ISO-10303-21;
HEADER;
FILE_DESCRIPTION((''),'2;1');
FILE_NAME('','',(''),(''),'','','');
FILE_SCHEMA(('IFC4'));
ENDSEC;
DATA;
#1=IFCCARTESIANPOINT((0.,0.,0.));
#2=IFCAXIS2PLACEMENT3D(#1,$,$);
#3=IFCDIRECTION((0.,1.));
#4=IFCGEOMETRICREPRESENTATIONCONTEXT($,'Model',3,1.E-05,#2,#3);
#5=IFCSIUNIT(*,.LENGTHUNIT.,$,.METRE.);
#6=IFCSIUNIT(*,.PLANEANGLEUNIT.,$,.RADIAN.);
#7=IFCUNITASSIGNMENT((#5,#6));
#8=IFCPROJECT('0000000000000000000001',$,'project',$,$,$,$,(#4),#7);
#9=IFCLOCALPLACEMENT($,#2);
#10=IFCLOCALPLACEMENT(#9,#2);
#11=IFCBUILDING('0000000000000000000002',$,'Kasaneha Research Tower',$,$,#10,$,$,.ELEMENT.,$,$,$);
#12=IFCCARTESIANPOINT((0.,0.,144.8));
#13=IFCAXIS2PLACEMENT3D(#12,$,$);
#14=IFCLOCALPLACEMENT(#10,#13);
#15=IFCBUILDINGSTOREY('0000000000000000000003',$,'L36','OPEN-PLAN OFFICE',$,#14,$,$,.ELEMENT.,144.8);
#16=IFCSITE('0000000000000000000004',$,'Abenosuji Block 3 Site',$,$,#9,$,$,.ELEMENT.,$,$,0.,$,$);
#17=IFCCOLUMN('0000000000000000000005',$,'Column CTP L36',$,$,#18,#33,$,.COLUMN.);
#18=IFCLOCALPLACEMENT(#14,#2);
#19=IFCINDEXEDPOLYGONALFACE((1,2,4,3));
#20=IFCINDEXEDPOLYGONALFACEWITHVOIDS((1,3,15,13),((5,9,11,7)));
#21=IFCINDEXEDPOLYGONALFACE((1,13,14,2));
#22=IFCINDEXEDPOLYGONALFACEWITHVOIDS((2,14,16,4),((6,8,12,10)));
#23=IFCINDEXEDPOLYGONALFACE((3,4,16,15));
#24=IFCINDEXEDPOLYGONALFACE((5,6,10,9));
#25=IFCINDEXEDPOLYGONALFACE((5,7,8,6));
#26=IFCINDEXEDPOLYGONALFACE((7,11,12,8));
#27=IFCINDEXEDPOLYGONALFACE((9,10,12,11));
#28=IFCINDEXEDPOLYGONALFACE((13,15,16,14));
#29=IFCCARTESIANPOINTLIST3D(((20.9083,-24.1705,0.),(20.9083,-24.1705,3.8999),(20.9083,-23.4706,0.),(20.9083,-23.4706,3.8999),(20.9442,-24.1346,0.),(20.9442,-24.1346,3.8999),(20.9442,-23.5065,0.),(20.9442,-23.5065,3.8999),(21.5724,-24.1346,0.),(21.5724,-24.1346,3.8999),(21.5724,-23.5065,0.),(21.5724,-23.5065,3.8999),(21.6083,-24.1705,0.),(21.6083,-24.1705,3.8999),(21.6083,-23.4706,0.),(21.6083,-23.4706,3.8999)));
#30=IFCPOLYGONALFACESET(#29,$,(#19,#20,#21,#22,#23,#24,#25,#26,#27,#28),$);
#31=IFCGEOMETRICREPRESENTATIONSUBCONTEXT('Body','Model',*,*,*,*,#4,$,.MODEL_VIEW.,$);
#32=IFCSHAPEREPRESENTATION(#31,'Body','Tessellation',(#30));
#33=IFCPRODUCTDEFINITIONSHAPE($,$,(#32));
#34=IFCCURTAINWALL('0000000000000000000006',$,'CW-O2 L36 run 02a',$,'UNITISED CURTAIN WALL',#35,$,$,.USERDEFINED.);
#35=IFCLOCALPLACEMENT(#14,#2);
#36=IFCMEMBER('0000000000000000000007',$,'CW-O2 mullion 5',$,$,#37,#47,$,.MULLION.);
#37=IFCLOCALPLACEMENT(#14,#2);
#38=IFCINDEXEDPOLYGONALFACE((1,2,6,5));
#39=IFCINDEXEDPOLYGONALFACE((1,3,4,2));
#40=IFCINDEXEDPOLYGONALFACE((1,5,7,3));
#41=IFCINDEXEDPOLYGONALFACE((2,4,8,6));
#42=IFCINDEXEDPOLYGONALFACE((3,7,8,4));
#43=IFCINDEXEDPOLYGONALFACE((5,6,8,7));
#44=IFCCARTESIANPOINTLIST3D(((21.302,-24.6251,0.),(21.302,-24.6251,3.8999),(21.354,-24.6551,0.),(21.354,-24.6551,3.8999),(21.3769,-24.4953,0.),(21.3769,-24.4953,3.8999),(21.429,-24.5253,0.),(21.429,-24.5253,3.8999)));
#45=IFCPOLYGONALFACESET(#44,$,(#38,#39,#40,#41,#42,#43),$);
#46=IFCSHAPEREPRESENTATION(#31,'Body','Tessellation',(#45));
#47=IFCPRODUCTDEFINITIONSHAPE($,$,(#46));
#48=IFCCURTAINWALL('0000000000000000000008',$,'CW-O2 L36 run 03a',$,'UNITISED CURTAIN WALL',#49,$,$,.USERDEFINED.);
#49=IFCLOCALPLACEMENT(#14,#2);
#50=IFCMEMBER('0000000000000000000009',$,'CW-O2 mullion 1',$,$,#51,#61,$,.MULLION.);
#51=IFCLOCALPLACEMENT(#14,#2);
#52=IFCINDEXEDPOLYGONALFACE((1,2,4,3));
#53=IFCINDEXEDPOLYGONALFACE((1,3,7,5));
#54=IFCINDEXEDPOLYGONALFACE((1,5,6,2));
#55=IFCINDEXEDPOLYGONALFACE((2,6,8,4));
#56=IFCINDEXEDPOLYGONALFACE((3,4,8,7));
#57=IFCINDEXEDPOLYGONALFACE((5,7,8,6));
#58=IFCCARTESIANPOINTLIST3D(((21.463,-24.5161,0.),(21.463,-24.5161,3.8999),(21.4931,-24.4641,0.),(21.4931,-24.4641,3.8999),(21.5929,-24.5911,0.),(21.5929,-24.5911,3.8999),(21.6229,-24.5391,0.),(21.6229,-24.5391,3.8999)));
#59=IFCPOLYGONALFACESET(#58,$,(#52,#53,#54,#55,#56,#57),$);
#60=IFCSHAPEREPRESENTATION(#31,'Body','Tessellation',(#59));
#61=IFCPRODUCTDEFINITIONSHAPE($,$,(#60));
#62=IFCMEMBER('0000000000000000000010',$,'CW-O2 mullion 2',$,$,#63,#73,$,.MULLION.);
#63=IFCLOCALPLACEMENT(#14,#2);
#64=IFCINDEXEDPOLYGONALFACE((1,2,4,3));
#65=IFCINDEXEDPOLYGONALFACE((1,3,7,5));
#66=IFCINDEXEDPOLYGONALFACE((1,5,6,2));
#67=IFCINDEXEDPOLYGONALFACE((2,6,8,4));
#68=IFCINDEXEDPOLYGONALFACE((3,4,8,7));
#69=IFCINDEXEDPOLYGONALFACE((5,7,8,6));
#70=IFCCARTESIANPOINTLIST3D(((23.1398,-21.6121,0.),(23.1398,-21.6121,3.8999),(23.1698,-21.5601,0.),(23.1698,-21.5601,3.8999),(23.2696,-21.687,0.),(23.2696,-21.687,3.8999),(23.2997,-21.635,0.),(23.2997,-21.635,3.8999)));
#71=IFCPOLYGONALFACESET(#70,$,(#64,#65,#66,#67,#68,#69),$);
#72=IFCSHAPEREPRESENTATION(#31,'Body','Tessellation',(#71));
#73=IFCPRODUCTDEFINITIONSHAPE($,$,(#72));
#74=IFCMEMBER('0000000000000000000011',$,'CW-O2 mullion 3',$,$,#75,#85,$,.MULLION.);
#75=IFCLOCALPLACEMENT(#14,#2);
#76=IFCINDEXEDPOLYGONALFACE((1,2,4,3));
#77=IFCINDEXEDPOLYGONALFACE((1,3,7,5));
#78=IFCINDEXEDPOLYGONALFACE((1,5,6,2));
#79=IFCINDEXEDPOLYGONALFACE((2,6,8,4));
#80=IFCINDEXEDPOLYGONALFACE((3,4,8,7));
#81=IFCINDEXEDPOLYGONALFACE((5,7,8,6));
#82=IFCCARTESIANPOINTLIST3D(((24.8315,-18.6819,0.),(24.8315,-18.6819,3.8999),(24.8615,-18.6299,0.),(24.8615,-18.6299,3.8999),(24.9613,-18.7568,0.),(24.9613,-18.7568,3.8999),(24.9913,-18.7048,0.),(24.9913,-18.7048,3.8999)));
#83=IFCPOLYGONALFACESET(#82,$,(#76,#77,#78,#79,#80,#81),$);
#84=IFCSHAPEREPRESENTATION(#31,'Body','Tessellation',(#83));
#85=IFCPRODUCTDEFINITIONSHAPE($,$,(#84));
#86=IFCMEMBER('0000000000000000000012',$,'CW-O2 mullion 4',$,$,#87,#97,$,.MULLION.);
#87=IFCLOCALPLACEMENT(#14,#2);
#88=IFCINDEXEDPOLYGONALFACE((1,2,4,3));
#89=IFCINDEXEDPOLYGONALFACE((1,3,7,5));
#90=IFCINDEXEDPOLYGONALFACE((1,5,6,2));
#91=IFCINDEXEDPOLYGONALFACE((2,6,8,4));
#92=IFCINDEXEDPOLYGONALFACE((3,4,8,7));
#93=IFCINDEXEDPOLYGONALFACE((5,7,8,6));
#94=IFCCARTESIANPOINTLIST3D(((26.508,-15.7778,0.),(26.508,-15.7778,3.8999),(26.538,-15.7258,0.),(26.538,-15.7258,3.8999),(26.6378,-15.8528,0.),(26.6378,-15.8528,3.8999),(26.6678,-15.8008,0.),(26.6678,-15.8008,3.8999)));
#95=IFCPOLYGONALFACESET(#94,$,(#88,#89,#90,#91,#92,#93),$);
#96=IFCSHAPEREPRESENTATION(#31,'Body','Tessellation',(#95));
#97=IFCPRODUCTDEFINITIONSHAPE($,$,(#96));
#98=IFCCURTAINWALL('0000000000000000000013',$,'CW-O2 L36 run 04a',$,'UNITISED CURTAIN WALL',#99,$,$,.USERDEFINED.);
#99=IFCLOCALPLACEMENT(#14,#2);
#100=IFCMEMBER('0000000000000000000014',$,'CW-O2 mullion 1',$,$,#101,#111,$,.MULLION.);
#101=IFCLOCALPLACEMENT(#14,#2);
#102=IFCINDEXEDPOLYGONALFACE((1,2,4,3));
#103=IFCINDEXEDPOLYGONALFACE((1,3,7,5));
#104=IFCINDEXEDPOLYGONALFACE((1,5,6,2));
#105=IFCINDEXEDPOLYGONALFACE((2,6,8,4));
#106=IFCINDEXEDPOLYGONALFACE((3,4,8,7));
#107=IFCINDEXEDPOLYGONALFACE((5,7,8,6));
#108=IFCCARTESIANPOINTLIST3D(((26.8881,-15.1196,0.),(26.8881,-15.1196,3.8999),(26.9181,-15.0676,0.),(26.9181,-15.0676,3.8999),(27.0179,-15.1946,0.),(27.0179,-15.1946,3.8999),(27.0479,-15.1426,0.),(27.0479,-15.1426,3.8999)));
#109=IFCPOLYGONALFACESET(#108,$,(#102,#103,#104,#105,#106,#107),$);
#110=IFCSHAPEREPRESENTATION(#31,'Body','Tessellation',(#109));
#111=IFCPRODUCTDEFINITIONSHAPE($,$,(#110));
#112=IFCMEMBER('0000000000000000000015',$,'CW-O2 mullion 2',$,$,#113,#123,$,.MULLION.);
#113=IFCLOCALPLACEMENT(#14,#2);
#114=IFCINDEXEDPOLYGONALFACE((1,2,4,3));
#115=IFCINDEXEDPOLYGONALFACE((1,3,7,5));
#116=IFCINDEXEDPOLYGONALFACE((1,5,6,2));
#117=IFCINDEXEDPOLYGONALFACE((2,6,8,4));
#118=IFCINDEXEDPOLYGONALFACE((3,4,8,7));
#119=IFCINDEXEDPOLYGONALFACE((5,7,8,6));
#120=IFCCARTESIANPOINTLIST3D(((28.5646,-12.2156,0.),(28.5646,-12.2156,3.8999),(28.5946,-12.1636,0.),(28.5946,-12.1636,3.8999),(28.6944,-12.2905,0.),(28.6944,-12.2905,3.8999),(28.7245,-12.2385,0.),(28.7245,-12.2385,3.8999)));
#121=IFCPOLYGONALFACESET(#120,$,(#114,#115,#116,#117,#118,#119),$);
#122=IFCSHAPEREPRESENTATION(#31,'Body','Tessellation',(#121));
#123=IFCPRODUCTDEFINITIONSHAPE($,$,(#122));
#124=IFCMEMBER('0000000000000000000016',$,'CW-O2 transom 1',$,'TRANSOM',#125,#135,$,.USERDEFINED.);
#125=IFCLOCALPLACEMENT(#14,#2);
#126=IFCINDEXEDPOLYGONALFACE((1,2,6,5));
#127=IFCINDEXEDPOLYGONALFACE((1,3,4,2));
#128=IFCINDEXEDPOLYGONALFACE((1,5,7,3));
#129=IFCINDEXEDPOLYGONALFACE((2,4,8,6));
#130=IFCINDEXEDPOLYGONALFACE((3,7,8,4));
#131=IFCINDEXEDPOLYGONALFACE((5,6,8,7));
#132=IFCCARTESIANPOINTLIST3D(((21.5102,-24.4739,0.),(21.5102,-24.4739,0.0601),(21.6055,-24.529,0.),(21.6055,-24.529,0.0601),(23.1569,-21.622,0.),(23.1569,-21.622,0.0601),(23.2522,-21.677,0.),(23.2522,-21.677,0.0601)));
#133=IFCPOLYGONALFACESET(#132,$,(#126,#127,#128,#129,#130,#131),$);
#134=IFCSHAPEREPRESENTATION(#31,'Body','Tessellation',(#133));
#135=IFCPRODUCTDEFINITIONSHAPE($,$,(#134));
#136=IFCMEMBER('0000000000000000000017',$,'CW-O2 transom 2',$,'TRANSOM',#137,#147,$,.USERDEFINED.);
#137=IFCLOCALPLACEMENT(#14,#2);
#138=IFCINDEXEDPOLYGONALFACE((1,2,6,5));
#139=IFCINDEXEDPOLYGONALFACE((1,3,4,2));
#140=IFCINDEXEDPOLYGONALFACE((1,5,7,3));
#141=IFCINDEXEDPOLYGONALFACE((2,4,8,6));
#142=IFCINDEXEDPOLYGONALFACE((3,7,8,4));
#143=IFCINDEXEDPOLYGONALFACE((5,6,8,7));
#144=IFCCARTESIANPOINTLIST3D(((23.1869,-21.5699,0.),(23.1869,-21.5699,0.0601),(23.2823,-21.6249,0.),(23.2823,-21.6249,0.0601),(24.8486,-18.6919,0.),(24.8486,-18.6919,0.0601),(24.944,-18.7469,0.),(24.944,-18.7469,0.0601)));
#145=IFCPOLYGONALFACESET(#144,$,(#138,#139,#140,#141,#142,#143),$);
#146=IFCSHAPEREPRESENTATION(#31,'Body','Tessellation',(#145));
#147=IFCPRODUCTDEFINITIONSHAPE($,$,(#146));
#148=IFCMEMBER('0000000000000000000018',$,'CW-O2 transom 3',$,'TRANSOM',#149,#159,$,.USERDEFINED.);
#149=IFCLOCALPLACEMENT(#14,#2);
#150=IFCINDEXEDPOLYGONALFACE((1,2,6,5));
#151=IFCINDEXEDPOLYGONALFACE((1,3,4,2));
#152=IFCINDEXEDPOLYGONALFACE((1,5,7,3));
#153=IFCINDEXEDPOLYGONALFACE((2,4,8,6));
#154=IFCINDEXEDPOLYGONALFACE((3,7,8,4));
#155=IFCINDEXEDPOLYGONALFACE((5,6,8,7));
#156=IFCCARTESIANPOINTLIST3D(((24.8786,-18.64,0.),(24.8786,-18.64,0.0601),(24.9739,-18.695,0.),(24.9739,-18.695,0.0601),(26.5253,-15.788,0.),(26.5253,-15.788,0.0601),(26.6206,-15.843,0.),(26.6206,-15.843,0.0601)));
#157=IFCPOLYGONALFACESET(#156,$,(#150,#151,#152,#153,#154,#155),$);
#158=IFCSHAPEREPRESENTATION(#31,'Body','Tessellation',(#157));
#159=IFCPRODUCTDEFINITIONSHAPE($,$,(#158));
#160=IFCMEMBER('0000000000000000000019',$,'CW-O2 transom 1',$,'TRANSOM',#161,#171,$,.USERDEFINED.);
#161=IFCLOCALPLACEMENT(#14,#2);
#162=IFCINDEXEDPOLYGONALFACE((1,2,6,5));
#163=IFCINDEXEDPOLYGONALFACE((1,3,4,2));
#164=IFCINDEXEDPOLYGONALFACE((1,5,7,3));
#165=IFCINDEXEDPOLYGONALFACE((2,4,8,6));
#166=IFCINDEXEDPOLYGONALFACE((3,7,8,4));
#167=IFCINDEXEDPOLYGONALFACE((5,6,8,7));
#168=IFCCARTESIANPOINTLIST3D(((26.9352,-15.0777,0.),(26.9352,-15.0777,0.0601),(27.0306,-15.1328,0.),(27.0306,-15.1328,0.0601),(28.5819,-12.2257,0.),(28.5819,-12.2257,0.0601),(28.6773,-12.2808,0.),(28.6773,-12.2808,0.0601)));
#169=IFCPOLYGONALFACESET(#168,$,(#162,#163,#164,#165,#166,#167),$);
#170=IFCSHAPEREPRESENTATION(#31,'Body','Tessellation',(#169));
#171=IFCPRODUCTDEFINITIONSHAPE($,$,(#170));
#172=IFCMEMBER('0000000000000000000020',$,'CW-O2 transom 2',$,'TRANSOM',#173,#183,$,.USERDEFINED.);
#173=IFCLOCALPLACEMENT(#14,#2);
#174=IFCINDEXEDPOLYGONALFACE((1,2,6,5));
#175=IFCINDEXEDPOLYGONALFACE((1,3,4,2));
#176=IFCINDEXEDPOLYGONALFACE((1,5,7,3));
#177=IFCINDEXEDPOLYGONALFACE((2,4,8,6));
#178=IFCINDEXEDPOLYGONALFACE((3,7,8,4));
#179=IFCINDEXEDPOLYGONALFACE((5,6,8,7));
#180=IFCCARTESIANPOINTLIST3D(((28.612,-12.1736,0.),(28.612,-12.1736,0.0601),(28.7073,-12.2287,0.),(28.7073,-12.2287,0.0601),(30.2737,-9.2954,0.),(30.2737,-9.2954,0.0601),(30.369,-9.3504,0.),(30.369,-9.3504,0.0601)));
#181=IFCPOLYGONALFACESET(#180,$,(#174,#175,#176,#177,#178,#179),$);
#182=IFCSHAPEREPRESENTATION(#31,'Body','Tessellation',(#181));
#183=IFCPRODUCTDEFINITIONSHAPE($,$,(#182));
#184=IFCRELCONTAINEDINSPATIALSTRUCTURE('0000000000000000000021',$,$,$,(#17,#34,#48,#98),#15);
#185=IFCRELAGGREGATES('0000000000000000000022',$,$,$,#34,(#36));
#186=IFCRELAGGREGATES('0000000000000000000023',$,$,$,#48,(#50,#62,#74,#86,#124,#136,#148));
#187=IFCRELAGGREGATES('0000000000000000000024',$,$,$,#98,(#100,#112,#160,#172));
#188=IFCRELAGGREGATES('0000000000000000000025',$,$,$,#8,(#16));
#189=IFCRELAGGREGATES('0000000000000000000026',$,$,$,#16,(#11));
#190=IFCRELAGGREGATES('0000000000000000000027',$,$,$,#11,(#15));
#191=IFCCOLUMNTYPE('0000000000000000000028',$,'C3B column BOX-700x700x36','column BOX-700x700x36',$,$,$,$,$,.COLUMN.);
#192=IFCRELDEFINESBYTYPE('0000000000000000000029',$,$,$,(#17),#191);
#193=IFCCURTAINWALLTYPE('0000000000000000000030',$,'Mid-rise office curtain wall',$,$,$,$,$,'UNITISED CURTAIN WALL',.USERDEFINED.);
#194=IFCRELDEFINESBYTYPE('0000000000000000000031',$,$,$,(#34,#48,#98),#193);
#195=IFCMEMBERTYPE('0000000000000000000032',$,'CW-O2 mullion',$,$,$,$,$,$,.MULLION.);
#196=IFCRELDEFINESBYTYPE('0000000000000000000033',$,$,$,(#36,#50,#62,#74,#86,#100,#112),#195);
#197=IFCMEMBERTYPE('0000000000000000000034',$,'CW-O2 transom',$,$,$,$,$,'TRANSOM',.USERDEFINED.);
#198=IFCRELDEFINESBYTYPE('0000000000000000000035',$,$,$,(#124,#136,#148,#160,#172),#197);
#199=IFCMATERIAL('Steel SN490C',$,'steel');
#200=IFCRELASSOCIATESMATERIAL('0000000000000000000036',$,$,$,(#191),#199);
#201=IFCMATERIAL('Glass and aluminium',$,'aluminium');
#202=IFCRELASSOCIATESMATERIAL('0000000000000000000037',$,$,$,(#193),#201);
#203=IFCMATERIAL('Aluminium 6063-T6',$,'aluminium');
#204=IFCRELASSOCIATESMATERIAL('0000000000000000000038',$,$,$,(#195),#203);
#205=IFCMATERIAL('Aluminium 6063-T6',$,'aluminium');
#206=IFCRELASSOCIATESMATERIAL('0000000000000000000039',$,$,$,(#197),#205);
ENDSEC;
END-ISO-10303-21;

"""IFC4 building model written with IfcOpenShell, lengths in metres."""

from ifc_helpers import new_model, si_unit, direction, frame, origin, origin_2d, place, context, subcontext, project, spatial, rectangle, hollow_rectangle, extrude, material, material_profile, profile_set, type_object, element, aggregate, save


model = new_model("IFC4")

# Units and contexts
model_context = context("Model", 3, precision=1e-05, world=origin(), true_north=direction((0.0, 1.0)))
body_context = subcontext(model_context, "Body", "Model", "MODEL_VIEW")
ifc_project = project(units=[si_unit("LENGTHUNIT", "METRE"), si_unit("PLANEANGLEUNIT", "RADIAN")], contexts=[model_context])

# Site, building, storey
site_placement = place(None, origin())
site = spatial("IfcSite", under=ifc_project, at=site_placement, Name="Abenosuji Block 3 Site", CompositionType="ELEMENT", RefElevation=0.0)
building_placement = place(site_placement, origin())
building = spatial("IfcBuilding", under=site, at=building_placement, Name="Kasaneha Research Tower", CompositionType="ELEMENT")
storey_placement = place(building_placement, frame((0.0, 0.0, 144.8)))
storey = spatial("IfcBuildingStorey", under=building, at=storey_placement, Name="L36", Description="OPEN-PLAN OFFICE", CompositionType="ELEMENT", Elevation=144.8)

# Column
ifc_material_1 = material(Name="Steel SN490C", Category="steel")
ifc_material_profile_1 = material_profile(ifc_material_1, hollow_rectangle(XDim=0.7, YDim=0.7, WallThickness=0.0359, at=origin_2d()), Name="BOX-700x700x36")
ifc_profile_set_1 = profile_set([ifc_material_profile_1], Name="Steel SN490C")
column_type = type_object("IfcColumnType", Name="C3B column BOX-700x700x36", Description="column BOX-700x700x36", PredefinedType="COLUMN", material=ifc_profile_set_1)
column_placement = place(storey_placement, frame((21.2583, -23.8206, 0.0), z_axis=(0.0, 0.0, 1.0), x_axis=(1.0, 0.0, 0.0)))
element("IfcColumn", 1, at=column_placement, inside=storey, type_object=column_type, Name="Column CTP L36", PredefinedType="COLUMN", context=body_context, shape_type="SweptSolid", body=[
    extrude(hollow_rectangle(XDim=0.7, YDim=0.7, WallThickness=0.0359, at=origin_2d()), origin(), (0.0, 0.0, 1.0), 3.8999),
])

# Curtain wall, member
ifc_material_2 = material(Name="Glass and aluminium", Category="aluminium")
curtain_wall_type = type_object("IfcCurtainWallType", Name="Mid-rise office curtain wall", ElementType="UNITISED CURTAIN WALL", PredefinedType="USERDEFINED", material=ifc_material_2)
curtain_wall_1_placement = place(storey_placement, origin())
curtain_wall_1 = element("IfcCurtainWall", 2, at=curtain_wall_1_placement, inside=storey, type_object=curtain_wall_type, Name="CW-O2 L36 run 02a", ObjectType="UNITISED CURTAIN WALL", PredefinedType="USERDEFINED")
ifc_material_3 = material(Name="Aluminium 6063-T6", Category="aluminium")
ifc_material_profile_2 = material_profile(ifc_material_3, rectangle(XDim=0.0601, YDim=0.1499, at=origin_2d()), Name="CW-O2 mullion 60x150")
ifc_profile_set_2 = profile_set([ifc_material_profile_2], Name="Aluminium 6063-T6")
member_type_1 = type_object("IfcMemberType", Name="CW-O2 mullion", PredefinedType="MULLION", material=ifc_profile_set_2)
member_1_placement = place(storey_placement, frame((21.3655, -24.5752, 0.0), z_axis=(0.0, 0.0, 1.0), x_axis=(0.866025, -0.5, 0.0)))
member_1 = element("IfcMember", 3, at=member_1_placement, type_object=member_type_1, Name="CW-O2 mullion 5", PredefinedType="MULLION", context=body_context, shape_type="SweptSolid", body=[
    extrude(rectangle(XDim=0.0601, YDim=0.1499, at=origin_2d()), origin(), (0.0, 0.0, 1.0), 3.8999),
])

# Curtain walls, members
curtain_wall_2_placement = place(storey_placement, origin())
curtain_wall_2 = element("IfcCurtainWall", 4, at=curtain_wall_2_placement, inside=storey, type_object=curtain_wall_type, Name="CW-O2 L36 run 03a", ObjectType="UNITISED CURTAIN WALL", PredefinedType="USERDEFINED")
member_2_placement = place(storey_placement, frame((21.543, -24.5276, 0.0), z_axis=(0.0, 0.0, 1.0), x_axis=(0.5, 0.866025, 0.0)))
member_2 = element("IfcMember", 5, at=member_2_placement, type_object=member_type_1, Name="CW-O2 mullion 1", PredefinedType="MULLION", context=body_context, shape_type="SweptSolid", body=[
    extrude(rectangle(XDim=0.0601, YDim=0.1499, at=origin_2d()), origin(), (0.0, 0.0, 1.0), 3.8999),
])
member_3_placement = place(storey_placement, frame((23.2197, -21.6235, 0.0), z_axis=(0.0, 0.0, 1.0), x_axis=(0.5, 0.866025, 0.0)))
member_3 = element("IfcMember", 6, at=member_3_placement, type_object=member_type_1, Name="CW-O2 mullion 2", PredefinedType="MULLION", context=body_context, shape_type="SweptSolid", body=[
    extrude(rectangle(XDim=0.0601, YDim=0.1499, at=origin_2d()), origin(), (0.0, 0.0, 1.0), 3.8999),
])
member_4_placement = place(storey_placement, frame((24.9114, -18.6934, 0.0), z_axis=(0.0, 0.0, 1.0), x_axis=(0.5, 0.866025, 0.0)))
member_4 = element("IfcMember", 7, at=member_4_placement, type_object=member_type_1, Name="CW-O2 mullion 3", PredefinedType="MULLION", context=body_context, shape_type="SweptSolid", body=[
    extrude(rectangle(XDim=0.0601, YDim=0.1499, at=origin_2d()), origin(), (0.0, 0.0, 1.0), 3.8999),
])
member_5_placement = place(storey_placement, frame((26.5879, -15.7893, 0.0), z_axis=(0.0, 0.0, 1.0), x_axis=(0.5, 0.866025, 0.0)))
member_5 = element("IfcMember", 8, at=member_5_placement, type_object=member_type_1, Name="CW-O2 mullion 4", PredefinedType="MULLION", context=body_context, shape_type="SweptSolid", body=[
    extrude(rectangle(XDim=0.0601, YDim=0.1499, at=origin_2d()), origin(), (0.0, 0.0, 1.0), 3.8999),
])
curtain_wall_3_placement = place(storey_placement, origin())
curtain_wall_3 = element("IfcCurtainWall", 9, at=curtain_wall_3_placement, inside=storey, type_object=curtain_wall_type, Name="CW-O2 L36 run 04a", ObjectType="UNITISED CURTAIN WALL", PredefinedType="USERDEFINED")
member_6_placement = place(storey_placement, frame((26.968, -15.1311, 0.0), z_axis=(0.0, 0.0, 1.0), x_axis=(0.5, 0.866025, 0.0)))
member_6 = element("IfcMember", 10, at=member_6_placement, type_object=member_type_1, Name="CW-O2 mullion 1", PredefinedType="MULLION", context=body_context, shape_type="SweptSolid", body=[
    extrude(rectangle(XDim=0.0601, YDim=0.1499, at=origin_2d()), origin(), (0.0, 0.0, 1.0), 3.8999),
])
member_7_placement = place(storey_placement, frame((28.6445, -12.2271, 0.0), z_axis=(0.0, 0.0, 1.0), x_axis=(0.5, 0.866025, 0.0)))
member_7 = element("IfcMember", 11, at=member_7_placement, type_object=member_type_1, Name="CW-O2 mullion 2", PredefinedType="MULLION", context=body_context, shape_type="SweptSolid", body=[
    extrude(rectangle(XDim=0.0601, YDim=0.1499, at=origin_2d()), origin(), (0.0, 0.0, 1.0), 3.8999),
])

# Members
ifc_material_4 = material(Name="Aluminium 6063-T6", Category="aluminium")
ifc_material_profile_3 = material_profile(ifc_material_4, rectangle(XDim=0.1101, YDim=0.0601, at=origin_2d()), Name="CW-O2 transom 110x60")
ifc_profile_set_3 = profile_set([ifc_material_profile_3], Name="Aluminium 6063-T6")
member_type_2 = type_object("IfcMemberType", Name="CW-O2 transom", ElementType="TRANSOM", PredefinedType="USERDEFINED", material=ifc_profile_set_3)
member_8_placement = place(storey_placement, frame((21.5579, -24.5015, 0.03), z_axis=(0.500022, 0.866013, 0.0), x_axis=(-0.866013, 0.500022, 0.0)))
member_8 = element("IfcMember", 12, at=member_8_placement, type_object=member_type_2, Name="CW-O2 transom 1", ObjectType="TRANSOM", PredefinedType="USERDEFINED", context=body_context, shape_type="SweptSolid", body=[
    extrude(rectangle(XDim=0.1101, YDim=0.0601, at=origin_2d()), origin(), (0.0, 0.0, 1.0), 3.2932),
])
member_9_placement = place(storey_placement, frame((23.2346, -21.5974, 0.03), z_axis=(0.500011, 0.866019, 0.0), x_axis=(-0.866019, 0.500011, 0.0)))
member_9 = element("IfcMember", 13, at=member_9_placement, type_object=member_type_2, Name="CW-O2 transom 2", ObjectType="TRANSOM", PredefinedType="USERDEFINED", context=body_context, shape_type="SweptSolid", body=[
    extrude(rectangle(XDim=0.1101, YDim=0.0601, at=origin_2d()), origin(), (0.0, 0.0, 1.0), 3.3232),
])
member_10_placement = place(storey_placement, frame((24.9263, -18.6675, 0.03), z_axis=(0.500022, 0.866013, 0.0), x_axis=(-0.866013, 0.500022, 0.0)))
member_10 = element("IfcMember", 14, at=member_10_placement, type_object=member_type_2, Name="CW-O2 transom 3", ObjectType="TRANSOM", PredefinedType="USERDEFINED", context=body_context, shape_type="SweptSolid", body=[
    extrude(rectangle(XDim=0.1101, YDim=0.0601, at=origin_2d()), origin(), (0.0, 0.0, 1.0), 3.2932),
])
member_11_placement = place(storey_placement, frame((26.9829, -15.1052, 0.03), z_axis=(0.500022, 0.866013, 0.0), x_axis=(-0.866013, 0.500022, 0.0)))
member_11 = element("IfcMember", 15, at=member_11_placement, type_object=member_type_2, Name="CW-O2 transom 1", ObjectType="TRANSOM", PredefinedType="USERDEFINED", context=body_context, shape_type="SweptSolid", body=[
    extrude(rectangle(XDim=0.1101, YDim=0.0601, at=origin_2d()), origin(), (0.0, 0.0, 1.0), 3.2932),
])
member_12_placement = place(storey_placement, frame((28.6597, -12.2012, 0.03), z_axis=(0.499979, 0.866038, 0.0), x_axis=(-0.866038, 0.499979, 0.0)))
member_12 = element("IfcMember", 16, at=member_12_placement, type_object=member_type_2, Name="CW-O2 transom 2", ObjectType="TRANSOM", PredefinedType="USERDEFINED", context=body_context, shape_type="SweptSolid", body=[
    extrude(rectangle(XDim=0.1101, YDim=0.0601, at=origin_2d()), origin(), (0.0, 0.0, 1.0), 3.3235),
])

aggregate(curtain_wall_1, [member_1])
aggregate(curtain_wall_2, [member_2, member_3, member_4, member_5, member_8, member_9, member_10])
aggregate(curtain_wall_3, [member_6, member_7, member_11, member_12])

save(model, "model.ifc")
